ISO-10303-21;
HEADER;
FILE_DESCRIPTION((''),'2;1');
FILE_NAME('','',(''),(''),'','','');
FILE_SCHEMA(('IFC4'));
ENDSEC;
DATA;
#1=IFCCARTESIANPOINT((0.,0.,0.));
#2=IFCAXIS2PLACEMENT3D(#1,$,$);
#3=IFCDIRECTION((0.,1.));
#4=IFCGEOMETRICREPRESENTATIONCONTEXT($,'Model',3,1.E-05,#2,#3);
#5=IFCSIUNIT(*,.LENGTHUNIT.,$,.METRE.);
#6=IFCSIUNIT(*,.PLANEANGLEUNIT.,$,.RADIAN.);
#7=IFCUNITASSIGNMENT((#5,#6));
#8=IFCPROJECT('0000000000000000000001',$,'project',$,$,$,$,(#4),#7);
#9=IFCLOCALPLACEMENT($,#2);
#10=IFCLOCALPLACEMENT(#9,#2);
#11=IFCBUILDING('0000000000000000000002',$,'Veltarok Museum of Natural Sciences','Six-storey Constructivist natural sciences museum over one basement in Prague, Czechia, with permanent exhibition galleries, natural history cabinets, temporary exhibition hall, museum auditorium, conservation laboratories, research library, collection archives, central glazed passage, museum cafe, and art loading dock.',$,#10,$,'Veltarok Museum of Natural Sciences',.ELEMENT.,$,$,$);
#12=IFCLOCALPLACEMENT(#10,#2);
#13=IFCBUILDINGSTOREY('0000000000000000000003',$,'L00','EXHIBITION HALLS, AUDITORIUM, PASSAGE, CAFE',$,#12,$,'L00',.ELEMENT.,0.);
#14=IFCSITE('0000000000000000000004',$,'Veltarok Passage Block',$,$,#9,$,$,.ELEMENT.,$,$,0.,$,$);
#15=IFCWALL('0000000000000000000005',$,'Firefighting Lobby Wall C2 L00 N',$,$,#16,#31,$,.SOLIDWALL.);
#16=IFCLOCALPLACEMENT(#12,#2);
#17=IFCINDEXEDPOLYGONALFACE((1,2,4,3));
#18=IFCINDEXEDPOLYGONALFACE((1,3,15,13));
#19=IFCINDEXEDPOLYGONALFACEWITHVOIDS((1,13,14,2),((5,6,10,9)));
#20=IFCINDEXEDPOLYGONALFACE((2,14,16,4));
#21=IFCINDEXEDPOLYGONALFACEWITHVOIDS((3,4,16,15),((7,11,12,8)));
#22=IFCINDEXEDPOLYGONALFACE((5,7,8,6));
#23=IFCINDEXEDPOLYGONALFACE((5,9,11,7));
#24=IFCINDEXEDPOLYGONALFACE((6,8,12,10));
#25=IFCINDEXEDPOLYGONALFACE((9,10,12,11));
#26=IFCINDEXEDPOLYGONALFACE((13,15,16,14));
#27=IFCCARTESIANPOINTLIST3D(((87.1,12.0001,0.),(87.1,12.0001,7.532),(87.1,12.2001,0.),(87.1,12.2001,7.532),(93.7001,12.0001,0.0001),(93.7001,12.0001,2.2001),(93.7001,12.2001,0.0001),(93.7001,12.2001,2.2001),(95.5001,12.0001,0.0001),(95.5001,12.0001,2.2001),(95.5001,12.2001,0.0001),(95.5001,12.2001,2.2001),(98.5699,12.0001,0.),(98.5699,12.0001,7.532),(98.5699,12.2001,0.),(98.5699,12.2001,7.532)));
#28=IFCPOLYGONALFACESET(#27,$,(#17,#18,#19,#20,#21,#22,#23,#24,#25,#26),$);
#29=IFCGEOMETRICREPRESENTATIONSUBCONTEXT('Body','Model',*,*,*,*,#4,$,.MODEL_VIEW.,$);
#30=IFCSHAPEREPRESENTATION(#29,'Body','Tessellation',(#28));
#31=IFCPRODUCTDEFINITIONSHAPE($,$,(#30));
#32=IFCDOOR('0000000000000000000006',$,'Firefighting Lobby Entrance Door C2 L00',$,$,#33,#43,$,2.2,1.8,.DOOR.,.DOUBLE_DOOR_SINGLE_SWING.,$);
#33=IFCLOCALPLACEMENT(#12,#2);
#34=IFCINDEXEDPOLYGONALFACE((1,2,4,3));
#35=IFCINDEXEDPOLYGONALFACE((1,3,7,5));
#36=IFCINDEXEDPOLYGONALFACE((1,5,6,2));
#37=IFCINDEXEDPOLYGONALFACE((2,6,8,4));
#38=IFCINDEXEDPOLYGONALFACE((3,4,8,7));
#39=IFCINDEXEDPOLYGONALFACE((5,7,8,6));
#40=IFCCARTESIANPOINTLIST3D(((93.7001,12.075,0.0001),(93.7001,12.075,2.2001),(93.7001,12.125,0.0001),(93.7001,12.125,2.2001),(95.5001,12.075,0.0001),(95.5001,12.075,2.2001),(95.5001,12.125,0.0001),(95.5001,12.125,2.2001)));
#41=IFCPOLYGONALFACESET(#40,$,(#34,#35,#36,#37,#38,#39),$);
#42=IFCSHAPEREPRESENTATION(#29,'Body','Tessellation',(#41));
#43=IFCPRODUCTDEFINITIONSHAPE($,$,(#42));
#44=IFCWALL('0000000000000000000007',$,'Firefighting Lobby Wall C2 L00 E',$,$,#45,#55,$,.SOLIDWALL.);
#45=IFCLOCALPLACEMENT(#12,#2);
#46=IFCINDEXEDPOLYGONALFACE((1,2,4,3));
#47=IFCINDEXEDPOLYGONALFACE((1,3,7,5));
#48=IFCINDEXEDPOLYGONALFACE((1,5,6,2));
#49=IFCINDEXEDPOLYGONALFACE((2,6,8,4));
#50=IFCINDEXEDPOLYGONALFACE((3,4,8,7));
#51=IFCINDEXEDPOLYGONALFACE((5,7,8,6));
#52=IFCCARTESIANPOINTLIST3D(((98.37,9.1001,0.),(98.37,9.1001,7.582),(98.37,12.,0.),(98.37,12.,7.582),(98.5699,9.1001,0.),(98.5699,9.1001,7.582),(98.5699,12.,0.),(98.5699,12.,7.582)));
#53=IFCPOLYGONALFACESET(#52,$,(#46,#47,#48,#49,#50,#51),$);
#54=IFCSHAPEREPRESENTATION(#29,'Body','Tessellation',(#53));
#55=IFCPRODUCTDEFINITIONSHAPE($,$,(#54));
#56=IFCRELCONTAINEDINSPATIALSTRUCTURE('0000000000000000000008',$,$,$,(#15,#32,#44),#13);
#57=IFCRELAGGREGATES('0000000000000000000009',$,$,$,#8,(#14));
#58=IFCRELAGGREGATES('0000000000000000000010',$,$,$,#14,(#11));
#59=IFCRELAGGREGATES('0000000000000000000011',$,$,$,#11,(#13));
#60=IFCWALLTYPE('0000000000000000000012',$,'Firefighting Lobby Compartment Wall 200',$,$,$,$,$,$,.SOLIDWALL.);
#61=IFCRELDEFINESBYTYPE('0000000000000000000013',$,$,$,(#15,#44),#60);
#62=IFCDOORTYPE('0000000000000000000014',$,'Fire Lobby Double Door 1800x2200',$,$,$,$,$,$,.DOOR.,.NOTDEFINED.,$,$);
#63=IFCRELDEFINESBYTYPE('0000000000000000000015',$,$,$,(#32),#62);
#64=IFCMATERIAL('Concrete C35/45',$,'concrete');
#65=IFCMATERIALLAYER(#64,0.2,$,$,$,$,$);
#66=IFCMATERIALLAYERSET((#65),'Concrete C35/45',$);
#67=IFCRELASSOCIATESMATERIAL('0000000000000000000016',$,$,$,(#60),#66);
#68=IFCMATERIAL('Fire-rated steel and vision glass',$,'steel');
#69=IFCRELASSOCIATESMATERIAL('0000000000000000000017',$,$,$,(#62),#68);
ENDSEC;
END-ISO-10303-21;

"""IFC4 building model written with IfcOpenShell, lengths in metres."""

from ifc_helpers import new_model, si_unit, direction, frame, frame_2d, origin, place, context, subcontext, project, spatial, rectangle, extrude, material, layer, layer_set, type_object, element, fill, save


model = new_model("IFC4")

# Units and contexts
model_context = context("Model", 3, precision=1e-05, world=origin(), true_north=direction((0.0, 1.0)))
body_context = subcontext(model_context, "Body", "Model", "MODEL_VIEW")
ifc_project = project(units=[si_unit("LENGTHUNIT", "METRE"), si_unit("PLANEANGLEUNIT", "RADIAN")], contexts=[model_context])

# Site, building, storey
site_placement = place(None, origin())
site = spatial("IfcSite", under=ifc_project, at=site_placement, Name="Veltarok Passage Block", CompositionType="ELEMENT", RefElevation=0.0)
building_placement = place(site_placement, origin())
building = spatial("IfcBuilding", under=site, at=building_placement, Name="Veltarok Museum of Natural Sciences", Description="Six-storey Constructivist natural sciences museum over one basement in Prague, Czechia, with permanent exhibition galleries, natural history cabinets, temporary exhibition hall, museum auditorium, conservation laboratories, research library, collection archives, central glazed passage, museum cafe, and art loading dock.", LongName="Veltarok Museum of Natural Sciences", CompositionType="ELEMENT")
storey_placement = place(building_placement, origin())
storey = spatial("IfcBuildingStorey", under=building, at=storey_placement, Name="L00", Description="EXHIBITION HALLS, AUDITORIUM, PASSAGE, CAFE", LongName="L00", CompositionType="ELEMENT", Elevation=0.0)

# Wall, opening, door
ifc_material_1 = material(Name="Concrete C35/45", Category="concrete")
ifc_layer_1 = layer(ifc_material_1, 0.2)
ifc_layer_set_1 = layer_set([ifc_layer_1], Name="Concrete C35/45")
wall_type = type_object("IfcWallType", Name="Firefighting Lobby Compartment Wall 200", PredefinedType="SOLIDWALL", material=ifc_layer_set_1)
wall_1_placement = place(storey_placement, frame((87.1001, 12.1001, 0.0), z_axis=(0.0, 0.0, 1.0), x_axis=(1.0, 0.0, 0.0)))
wall_1 = element("IfcWall", 1, at=wall_1_placement, inside=storey, type_object=wall_type, Name="Firefighting Lobby Wall C2 L00 N", PredefinedType="SOLIDWALL", context=body_context, shape_type="SweptSolid", body=[
    extrude(rectangle(XDim=11.47, YDim=0.2, at=frame_2d((5.7349, 0.0))), origin(), (0.0, 0.0, 1.0), 7.532),
])
opening_placement = place(wall_1_placement, frame((6.6001, 0.0, 0.0)))
opening = element("IfcOpeningElement", 2, at=opening_placement, cuts=wall_1, PredefinedType="OPENING", context=body_context, shape_type="SweptSolid", body=[
    extrude(rectangle(XDim=1.8, YDim=2.2, at=frame_2d((0.8999, 1.1001))), frame((0.0, 0.1099, 0.0), z_axis=(0.0, -1.0, 0.0), x_axis=(1.0, 0.0, 0.0)), (0.0, 0.0, 1.0), 0.22),
])
ifc_material_2 = material(Name="Fire-rated steel and vision glass", Category="steel")
door_type = type_object("IfcDoorType", Name="Fire Lobby Double Door 1800x2200", OperationType="NOTDEFINED", PredefinedType="DOOR", material=ifc_material_2)
door_placement = place(opening_placement, origin())
door = element("IfcDoor", 3, at=door_placement, inside=storey, type_object=door_type, Name="Firefighting Lobby Entrance Door C2 L00", OperationType="DOUBLE_DOOR_SINGLE_SWING", OverallHeight=2.2, OverallWidth=1.8, PredefinedType="DOOR", context=body_context, shape_type="SweptSolid", body=[
    extrude(rectangle(XDim=1.8, YDim=2.2, at=frame_2d((0.8999, 1.1001))), frame((0.0, 0.0249, 0.0), z_axis=(0.0, -1.0, 0.0), x_axis=(1.0, 0.0, 0.0)), (0.0, 0.0, 1.0), 0.05),
])
fill(opening, door)

# Wall
wall_2_placement = place(storey_placement, frame((98.47, 12.0, 0.0), z_axis=(0.0, 0.0, 1.0), x_axis=(0.0, -1.0, 0.0)))
element("IfcWall", 4, at=wall_2_placement, inside=storey, type_object=wall_type, Name="Firefighting Lobby Wall C2 L00 E", PredefinedType="SOLIDWALL", context=body_context, shape_type="SweptSolid", body=[
    extrude(rectangle(XDim=2.8999, YDim=0.2, at=frame_2d((1.45, 0.0))), origin(), (0.0, 0.0, 1.0), 7.582),
])

save(model, "model.ifc")
